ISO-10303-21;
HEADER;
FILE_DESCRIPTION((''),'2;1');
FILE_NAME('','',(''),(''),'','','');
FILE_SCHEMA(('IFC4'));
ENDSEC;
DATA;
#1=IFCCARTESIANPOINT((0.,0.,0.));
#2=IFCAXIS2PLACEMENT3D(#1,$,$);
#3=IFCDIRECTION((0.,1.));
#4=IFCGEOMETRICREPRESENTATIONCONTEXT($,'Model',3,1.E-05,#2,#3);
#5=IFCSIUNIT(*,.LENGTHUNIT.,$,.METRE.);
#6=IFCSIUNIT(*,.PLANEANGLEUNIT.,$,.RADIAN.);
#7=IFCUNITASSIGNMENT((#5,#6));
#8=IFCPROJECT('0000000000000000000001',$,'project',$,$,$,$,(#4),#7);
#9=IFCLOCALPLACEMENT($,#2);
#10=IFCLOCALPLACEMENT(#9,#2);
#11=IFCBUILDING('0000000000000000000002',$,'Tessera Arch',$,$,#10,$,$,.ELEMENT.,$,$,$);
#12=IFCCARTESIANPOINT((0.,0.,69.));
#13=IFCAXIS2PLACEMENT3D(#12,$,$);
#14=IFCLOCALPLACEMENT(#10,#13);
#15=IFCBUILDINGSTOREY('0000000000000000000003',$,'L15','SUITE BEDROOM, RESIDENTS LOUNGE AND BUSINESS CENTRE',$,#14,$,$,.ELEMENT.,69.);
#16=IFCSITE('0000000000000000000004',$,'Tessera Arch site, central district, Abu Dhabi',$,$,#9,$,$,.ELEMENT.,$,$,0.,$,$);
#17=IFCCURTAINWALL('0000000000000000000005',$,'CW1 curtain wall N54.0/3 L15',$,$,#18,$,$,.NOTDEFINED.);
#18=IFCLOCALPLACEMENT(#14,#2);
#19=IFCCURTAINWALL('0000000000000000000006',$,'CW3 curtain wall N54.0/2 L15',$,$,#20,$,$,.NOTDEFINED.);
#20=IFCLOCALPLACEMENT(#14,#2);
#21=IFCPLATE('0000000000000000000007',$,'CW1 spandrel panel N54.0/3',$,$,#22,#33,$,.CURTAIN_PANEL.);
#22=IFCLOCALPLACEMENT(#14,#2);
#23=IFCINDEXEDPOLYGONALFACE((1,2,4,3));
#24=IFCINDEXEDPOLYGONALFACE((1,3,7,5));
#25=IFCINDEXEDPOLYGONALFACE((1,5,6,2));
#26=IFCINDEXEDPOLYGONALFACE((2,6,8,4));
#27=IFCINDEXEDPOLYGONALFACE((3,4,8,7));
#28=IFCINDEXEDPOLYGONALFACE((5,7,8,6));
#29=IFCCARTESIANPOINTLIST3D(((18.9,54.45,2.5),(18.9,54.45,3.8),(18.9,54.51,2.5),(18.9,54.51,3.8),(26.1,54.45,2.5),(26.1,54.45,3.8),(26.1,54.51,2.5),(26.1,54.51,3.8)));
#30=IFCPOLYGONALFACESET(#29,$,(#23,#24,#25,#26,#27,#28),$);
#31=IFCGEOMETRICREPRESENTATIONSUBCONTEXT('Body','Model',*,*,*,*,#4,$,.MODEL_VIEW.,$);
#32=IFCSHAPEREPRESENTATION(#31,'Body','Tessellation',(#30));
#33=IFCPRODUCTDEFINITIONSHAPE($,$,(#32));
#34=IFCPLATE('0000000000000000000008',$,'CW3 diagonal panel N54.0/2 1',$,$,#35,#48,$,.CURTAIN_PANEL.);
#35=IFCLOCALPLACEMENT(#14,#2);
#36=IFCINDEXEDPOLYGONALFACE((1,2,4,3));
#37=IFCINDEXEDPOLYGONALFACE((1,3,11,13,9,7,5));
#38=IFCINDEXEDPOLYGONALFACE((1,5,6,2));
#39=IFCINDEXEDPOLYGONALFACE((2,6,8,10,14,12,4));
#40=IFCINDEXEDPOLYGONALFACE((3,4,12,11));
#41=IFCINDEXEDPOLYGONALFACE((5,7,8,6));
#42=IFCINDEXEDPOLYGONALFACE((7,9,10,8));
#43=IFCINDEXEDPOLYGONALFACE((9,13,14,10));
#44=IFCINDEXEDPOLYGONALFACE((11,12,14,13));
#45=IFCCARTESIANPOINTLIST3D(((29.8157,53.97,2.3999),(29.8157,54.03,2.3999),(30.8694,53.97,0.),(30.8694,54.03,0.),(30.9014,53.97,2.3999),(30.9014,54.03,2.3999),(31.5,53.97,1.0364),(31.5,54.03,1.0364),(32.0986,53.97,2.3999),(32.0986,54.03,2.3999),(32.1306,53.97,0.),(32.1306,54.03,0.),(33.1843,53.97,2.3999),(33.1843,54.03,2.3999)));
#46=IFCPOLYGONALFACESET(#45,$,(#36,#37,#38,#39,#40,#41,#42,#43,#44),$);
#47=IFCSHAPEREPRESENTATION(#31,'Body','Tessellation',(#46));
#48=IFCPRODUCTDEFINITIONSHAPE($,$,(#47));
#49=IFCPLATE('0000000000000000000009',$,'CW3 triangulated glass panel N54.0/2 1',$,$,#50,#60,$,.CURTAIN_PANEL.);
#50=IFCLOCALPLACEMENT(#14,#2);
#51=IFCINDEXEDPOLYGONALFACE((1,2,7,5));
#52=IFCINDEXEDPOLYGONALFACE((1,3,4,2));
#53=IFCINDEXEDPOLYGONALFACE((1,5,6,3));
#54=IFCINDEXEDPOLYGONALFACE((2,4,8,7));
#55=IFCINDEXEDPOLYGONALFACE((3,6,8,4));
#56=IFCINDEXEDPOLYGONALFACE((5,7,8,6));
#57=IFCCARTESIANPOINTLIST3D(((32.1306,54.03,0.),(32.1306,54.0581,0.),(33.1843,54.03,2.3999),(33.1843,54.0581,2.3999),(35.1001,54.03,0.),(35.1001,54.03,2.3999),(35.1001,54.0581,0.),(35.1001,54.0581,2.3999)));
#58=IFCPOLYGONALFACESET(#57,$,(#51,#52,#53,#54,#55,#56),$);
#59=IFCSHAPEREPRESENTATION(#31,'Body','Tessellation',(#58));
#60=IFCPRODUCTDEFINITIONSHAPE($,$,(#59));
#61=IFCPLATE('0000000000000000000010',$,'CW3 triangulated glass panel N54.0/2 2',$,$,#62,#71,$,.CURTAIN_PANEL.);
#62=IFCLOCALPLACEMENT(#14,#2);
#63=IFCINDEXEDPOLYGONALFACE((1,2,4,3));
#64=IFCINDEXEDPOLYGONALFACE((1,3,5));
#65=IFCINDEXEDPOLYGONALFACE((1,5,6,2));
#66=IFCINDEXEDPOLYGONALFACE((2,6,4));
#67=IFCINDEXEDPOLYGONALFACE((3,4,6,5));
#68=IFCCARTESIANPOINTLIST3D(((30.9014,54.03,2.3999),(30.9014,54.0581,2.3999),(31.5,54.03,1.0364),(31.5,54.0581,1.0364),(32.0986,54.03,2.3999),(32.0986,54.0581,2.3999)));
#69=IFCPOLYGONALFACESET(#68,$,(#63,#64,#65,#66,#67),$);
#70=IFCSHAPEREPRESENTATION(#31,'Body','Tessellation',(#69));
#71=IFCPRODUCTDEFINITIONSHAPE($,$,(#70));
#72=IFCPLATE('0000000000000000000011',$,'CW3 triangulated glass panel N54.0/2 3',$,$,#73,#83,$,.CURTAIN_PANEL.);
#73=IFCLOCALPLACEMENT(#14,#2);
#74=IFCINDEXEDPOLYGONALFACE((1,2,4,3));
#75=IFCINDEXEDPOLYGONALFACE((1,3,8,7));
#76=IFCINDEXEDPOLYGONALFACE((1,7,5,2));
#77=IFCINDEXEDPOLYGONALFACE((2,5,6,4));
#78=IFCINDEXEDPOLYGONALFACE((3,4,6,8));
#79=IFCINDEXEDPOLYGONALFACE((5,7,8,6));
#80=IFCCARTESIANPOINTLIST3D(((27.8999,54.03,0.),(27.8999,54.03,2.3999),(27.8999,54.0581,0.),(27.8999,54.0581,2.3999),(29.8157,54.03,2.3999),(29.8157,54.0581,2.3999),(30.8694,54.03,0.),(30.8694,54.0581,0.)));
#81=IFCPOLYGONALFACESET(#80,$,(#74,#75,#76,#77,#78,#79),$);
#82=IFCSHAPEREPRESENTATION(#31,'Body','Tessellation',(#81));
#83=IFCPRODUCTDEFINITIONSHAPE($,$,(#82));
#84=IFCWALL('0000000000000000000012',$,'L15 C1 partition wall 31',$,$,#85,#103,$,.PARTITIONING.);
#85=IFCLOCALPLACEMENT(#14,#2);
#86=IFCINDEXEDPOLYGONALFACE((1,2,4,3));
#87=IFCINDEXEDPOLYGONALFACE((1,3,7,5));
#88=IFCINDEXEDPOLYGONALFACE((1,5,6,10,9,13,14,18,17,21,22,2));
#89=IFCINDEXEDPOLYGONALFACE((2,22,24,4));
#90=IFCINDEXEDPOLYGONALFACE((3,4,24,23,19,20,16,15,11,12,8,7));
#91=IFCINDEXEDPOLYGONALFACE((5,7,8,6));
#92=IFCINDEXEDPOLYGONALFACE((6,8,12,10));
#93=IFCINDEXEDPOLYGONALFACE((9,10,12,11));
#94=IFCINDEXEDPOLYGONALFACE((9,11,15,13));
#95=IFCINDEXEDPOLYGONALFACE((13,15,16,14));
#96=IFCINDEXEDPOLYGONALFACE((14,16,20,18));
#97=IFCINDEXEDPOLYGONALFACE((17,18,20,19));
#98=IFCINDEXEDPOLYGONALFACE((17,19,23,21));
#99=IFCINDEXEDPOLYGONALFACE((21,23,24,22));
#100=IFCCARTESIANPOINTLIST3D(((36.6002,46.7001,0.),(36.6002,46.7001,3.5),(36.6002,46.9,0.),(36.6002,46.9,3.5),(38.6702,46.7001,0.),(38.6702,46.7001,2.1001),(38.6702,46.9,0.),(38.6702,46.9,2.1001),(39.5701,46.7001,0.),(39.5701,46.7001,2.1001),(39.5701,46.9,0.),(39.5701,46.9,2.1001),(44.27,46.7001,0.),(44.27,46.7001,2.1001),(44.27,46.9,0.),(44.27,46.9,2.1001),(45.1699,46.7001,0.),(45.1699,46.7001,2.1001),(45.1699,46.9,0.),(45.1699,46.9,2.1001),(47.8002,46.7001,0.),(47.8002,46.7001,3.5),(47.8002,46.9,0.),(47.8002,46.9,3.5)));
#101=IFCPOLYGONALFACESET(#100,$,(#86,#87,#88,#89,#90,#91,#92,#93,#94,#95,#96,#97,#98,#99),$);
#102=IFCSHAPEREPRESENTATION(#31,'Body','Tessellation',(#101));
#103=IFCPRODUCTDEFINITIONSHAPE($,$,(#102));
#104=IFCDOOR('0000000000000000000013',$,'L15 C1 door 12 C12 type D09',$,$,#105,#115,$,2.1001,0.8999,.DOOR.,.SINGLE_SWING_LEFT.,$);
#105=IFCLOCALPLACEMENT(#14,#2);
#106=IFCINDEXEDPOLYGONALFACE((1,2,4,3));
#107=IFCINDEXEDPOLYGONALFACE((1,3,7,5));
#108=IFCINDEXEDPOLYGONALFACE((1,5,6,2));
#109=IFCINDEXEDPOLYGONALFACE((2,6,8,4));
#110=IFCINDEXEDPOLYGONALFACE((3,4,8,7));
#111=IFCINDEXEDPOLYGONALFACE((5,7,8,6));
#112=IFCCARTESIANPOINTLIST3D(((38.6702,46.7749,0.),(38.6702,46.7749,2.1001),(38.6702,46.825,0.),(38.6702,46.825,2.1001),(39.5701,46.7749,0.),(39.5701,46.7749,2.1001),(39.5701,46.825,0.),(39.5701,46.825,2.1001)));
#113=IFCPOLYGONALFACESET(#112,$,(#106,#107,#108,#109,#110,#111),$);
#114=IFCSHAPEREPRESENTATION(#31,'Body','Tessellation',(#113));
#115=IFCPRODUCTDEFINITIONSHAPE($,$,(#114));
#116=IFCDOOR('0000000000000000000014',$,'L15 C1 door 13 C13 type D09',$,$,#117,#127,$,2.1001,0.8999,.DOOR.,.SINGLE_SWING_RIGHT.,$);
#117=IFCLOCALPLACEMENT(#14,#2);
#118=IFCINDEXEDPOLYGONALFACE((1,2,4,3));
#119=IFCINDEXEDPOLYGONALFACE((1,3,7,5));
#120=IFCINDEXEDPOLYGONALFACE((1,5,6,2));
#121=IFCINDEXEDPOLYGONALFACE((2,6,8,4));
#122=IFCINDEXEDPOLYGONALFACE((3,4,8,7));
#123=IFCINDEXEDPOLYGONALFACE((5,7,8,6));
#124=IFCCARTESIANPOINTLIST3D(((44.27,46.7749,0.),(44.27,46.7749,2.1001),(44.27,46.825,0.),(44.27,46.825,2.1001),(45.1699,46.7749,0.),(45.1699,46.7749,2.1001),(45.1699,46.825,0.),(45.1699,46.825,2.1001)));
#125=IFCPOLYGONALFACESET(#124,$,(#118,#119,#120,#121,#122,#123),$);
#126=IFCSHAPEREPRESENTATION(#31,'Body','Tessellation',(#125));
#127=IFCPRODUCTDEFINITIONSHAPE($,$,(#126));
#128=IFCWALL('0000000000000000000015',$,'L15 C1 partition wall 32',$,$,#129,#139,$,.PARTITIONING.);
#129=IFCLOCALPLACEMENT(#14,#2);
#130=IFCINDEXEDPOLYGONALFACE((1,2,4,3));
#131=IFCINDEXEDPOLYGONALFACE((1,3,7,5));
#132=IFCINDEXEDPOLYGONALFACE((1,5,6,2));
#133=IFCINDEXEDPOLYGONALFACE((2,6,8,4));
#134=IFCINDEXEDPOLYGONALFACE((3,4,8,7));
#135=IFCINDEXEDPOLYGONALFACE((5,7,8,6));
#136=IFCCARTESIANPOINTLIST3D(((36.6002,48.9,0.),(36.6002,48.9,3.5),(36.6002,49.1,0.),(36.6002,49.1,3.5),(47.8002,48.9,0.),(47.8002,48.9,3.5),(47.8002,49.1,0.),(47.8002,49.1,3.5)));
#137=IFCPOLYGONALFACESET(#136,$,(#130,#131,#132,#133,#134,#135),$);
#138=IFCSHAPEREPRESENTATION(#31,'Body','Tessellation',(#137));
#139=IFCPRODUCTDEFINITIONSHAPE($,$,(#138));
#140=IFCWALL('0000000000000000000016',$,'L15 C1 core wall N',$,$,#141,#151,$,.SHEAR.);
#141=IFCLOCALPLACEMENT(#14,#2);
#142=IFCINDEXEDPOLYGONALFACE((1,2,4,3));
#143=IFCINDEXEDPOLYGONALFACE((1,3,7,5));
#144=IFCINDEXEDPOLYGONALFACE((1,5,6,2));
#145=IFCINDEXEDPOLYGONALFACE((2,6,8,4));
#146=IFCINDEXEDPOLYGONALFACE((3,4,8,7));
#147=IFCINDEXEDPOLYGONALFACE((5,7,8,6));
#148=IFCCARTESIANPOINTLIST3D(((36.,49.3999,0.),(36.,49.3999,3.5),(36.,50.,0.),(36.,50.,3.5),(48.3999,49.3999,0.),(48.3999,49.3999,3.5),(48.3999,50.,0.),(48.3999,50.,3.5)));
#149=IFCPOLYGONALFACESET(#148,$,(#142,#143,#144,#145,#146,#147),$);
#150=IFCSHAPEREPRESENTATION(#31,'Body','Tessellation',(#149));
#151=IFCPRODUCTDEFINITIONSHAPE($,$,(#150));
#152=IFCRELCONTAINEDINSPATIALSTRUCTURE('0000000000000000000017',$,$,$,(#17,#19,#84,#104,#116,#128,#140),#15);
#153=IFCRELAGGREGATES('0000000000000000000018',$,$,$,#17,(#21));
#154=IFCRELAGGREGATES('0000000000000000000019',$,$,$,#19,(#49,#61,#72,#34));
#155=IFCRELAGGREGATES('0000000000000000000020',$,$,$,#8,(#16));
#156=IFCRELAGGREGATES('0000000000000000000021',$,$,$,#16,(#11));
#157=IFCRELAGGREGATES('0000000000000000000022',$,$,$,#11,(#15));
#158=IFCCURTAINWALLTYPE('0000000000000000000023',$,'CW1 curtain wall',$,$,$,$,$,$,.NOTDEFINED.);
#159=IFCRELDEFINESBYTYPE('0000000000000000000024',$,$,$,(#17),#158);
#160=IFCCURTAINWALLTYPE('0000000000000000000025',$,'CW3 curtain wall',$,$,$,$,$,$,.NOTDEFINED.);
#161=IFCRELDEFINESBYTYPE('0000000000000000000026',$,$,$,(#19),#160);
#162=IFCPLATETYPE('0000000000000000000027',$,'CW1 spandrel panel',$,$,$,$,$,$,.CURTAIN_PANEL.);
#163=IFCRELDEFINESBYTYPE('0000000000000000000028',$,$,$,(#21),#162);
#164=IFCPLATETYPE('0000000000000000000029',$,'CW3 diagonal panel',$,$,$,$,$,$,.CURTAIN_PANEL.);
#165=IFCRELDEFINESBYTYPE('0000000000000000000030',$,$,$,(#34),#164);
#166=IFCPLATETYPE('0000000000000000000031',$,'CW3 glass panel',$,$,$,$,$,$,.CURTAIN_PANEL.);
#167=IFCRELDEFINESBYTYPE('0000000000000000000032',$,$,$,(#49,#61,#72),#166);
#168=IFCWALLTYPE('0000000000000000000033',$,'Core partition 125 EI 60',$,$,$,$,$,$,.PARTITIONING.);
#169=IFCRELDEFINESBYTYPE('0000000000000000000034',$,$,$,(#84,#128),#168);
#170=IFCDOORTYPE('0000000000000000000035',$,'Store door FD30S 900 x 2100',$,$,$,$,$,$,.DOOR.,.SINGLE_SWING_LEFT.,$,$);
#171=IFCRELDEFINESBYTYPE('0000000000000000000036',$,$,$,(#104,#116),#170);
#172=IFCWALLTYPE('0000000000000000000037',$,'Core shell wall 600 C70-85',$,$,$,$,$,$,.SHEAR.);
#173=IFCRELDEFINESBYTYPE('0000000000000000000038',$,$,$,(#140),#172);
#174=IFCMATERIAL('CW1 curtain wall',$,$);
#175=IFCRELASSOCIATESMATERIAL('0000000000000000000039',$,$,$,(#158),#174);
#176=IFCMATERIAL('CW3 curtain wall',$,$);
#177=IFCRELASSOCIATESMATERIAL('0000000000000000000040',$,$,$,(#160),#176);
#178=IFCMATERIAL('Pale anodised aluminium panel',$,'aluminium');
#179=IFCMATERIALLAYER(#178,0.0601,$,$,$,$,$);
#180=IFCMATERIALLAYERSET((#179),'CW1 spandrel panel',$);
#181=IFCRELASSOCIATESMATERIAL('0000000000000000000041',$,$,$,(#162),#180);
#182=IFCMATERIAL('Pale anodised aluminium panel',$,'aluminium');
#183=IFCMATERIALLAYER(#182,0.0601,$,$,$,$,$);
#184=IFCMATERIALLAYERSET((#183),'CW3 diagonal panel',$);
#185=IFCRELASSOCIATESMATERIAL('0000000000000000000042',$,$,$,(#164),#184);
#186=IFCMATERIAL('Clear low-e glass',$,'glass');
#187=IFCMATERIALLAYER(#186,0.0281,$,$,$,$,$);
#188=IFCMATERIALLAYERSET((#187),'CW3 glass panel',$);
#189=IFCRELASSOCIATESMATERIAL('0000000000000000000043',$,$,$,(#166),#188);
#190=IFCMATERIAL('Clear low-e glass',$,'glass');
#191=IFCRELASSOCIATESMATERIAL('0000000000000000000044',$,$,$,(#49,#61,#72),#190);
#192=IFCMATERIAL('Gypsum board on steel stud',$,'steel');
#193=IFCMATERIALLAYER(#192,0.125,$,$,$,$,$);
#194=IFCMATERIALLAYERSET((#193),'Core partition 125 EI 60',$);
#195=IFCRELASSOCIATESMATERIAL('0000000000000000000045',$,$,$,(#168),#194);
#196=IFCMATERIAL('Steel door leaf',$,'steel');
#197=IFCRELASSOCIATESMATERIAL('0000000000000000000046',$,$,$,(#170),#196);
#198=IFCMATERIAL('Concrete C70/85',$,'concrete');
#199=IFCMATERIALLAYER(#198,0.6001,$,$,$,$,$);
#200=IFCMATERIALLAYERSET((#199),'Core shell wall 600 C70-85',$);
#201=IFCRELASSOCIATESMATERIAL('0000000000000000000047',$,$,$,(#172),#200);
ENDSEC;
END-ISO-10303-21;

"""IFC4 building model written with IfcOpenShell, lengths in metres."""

from ifc_helpers import new_model, si_unit, direction, frame, frame_2d, origin, origin_2d, place, context, subcontext, project, spatial, polyline, rectangle, outline, extrude, material, layer, layer_set, type_object, element, fill, aggregate, save


model = new_model("IFC4")

# Units and contexts
model_context = context("Model", 3, precision=1e-05, world=origin(), true_north=direction((0.0, 1.0)))
body_context = subcontext(model_context, "Body", "Model", "MODEL_VIEW")
ifc_project = project(units=[si_unit("LENGTHUNIT", "METRE"), si_unit("PLANEANGLEUNIT", "RADIAN")], contexts=[model_context])

# Site, building, storey
site_placement = place(None, origin())
site = spatial("IfcSite", under=ifc_project, at=site_placement, Name="Tessera Arch site, central district, Abu Dhabi", CompositionType="ELEMENT", RefElevation=0.0)
building_placement = place(site_placement, origin())
building = spatial("IfcBuilding", under=site, at=building_placement, Name="Tessera Arch", CompositionType="ELEMENT")
storey_placement = place(building_placement, frame((0.0, 0.0, 69.0)))
storey = spatial("IfcBuildingStorey", under=building, at=storey_placement, Name="L15", Description="SUITE BEDROOM, RESIDENTS LOUNGE AND BUSINESS CENTRE", CompositionType="ELEMENT", Elevation=69.0)

# Shared definitions
ifc_material_1 = material(Name="CW1 curtain wall")
curtain_wall_type_1 = type_object("IfcCurtainWallType", Name="CW1 curtain wall", PredefinedType="NOTDEFINED", material=ifc_material_1)

# Curtain wall
curtain_wall_1_placement = place(storey_placement, origin())
curtain_wall_1 = element("IfcCurtainWall", 1, at=curtain_wall_1_placement, inside=storey, type_object=curtain_wall_type_1, Name="CW1 curtain wall N54.0/3 L15", PredefinedType="NOTDEFINED")

# Curtain wall
ifc_material_2 = material(Name="CW3 curtain wall")
curtain_wall_type_2 = type_object("IfcCurtainWallType", Name="CW3 curtain wall", PredefinedType="NOTDEFINED", material=ifc_material_2)
curtain_wall_2_placement = place(storey_placement, origin())
curtain_wall_2 = element("IfcCurtainWall", 2, at=curtain_wall_2_placement, inside=storey, type_object=curtain_wall_type_2, Name="CW3 curtain wall N54.0/2 L15", PredefinedType="NOTDEFINED")

# Plates
ifc_material_3 = material(Name="Clear low-e glass", Category="glass")
ifc_material_4 = material(Name="Pale anodised aluminium panel", Category="aluminium")
ifc_layer_1 = layer(ifc_material_4, 0.0601)
ifc_layer_set_1 = layer_set([ifc_layer_1], Name="CW1 spandrel panel")
plate_type_1 = type_object("IfcPlateType", Name="CW1 spandrel panel", PredefinedType="CURTAIN_PANEL", material=ifc_layer_set_1)
plate_1_placement = place(storey_placement, frame((22.5, 54.48, 2.5), z_axis=(0.0, 0.0, 1.0), x_axis=(-1.0, 0.0, 0.0)))
plate_1 = element("IfcPlate", 3, at=plate_1_placement, type_object=plate_type_1, Name="CW1 spandrel panel N54.0/3", PredefinedType="CURTAIN_PANEL", context=body_context, shape_type="SweptSolid", body=[
    extrude(rectangle(XDim=7.2, YDim=0.0601, at=origin_2d()), origin(), (0.0, 0.0, 1.0), 1.3),
])
aggregate(curtain_wall_1, [plate_1])
ifc_material_5 = material(Name="Pale anodised aluminium panel", Category="aluminium")
ifc_layer_2 = layer(ifc_material_5, 0.0601)
ifc_layer_set_2 = layer_set([ifc_layer_2], Name="CW3 diagonal panel")
plate_type_2 = type_object("IfcPlateType", Name="CW3 diagonal panel", PredefinedType="CURTAIN_PANEL", material=ifc_layer_set_2)
plate_2_placement = place(storey_placement, frame((29.8157, 54.03, 2.3999), z_axis=(0.0, 1.0, 0.0), x_axis=(1.0, 0.0, 0.0)))
plate_2 = element("IfcPlate", 4, at=plate_2_placement, type_object=plate_type_2, Name="CW3 diagonal panel N54.0/2 1", PredefinedType="CURTAIN_PANEL", context=body_context, shape_type="SweptSolid", body=[
    extrude(outline(polyline([(0.0, 0.0), (1.0857, 0.0), (1.6843, 1.3635), (2.283, 0.0), (3.3687, 0.0), (2.3149, 2.3999), (1.0537, 2.3999), (0.0, 0.0)])), origin(), (0.0, 0.0, -1.0), 0.0601),
])
ifc_material_6 = material(Name="Clear low-e glass", Category="glass")
ifc_layer_3 = layer(ifc_material_6, 0.0281)
ifc_layer_set_3 = layer_set([ifc_layer_3], Name="CW3 glass panel")
plate_type_3 = type_object("IfcPlateType", Name="CW3 glass panel", PredefinedType="CURTAIN_PANEL", material=ifc_layer_set_3)
plate_3_placement = place(storey_placement, frame((35.1001, 54.0581, 0.0), z_axis=(0.0, 1.0, 0.0), x_axis=(-1.0, 0.0, 0.0)))
plate_3 = element("IfcPlate", 5, at=plate_3_placement, type_object=plate_type_3, material=ifc_material_3, Name="CW3 triangulated glass panel N54.0/2 1", PredefinedType="CURTAIN_PANEL", context=body_context, shape_type="SweptSolid", body=[
    extrude(outline(polyline([(0.0, 0.0), (2.9695, 0.0), (1.9158, 2.3999), (0.0, 2.3999), (0.0, 0.0)])), origin(), (0.0, 0.0, -1.0), 0.0281),
])
plate_4_placement = place(storey_placement, frame((30.9014, 54.0581, 2.3999), z_axis=(0.0, 1.0, 0.0), x_axis=(1.0, 0.0, 0.0)))
plate_4 = element("IfcPlate", 6, at=plate_4_placement, type_object=plate_type_3, material=ifc_material_3, Name="CW3 triangulated glass panel N54.0/2 2", PredefinedType="CURTAIN_PANEL", context=body_context, shape_type="SweptSolid", body=[
    extrude(outline(polyline([(0.0, 0.0), (1.1973, 0.0), (0.5986, 1.3635), (0.0, 0.0)])), origin(), (0.0, 0.0, -1.0), 0.0281),
])
plate_5_placement = place(storey_placement, frame((27.8999, 54.0581, 2.3999), z_axis=(0.0, 1.0, 0.0), x_axis=(1.0, 0.0, 0.0)))
plate_5 = element("IfcPlate", 7, at=plate_5_placement, type_object=plate_type_3, material=ifc_material_3, Name="CW3 triangulated glass panel N54.0/2 3", PredefinedType="CURTAIN_PANEL", context=body_context, shape_type="SweptSolid", body=[
    extrude(outline(polyline([(0.0, 0.0), (1.9158, 0.0), (2.9695, 2.3999), (0.0, 2.3999), (0.0, 0.0)])), origin(), (0.0, 0.0, -1.0), 0.0281),
])
aggregate(curtain_wall_2, [plate_3, plate_4, plate_5, plate_2])

# Wall, openings, doors
ifc_material_7 = material(Name="Gypsum board on steel stud", Category="steel")
ifc_layer_4 = layer(ifc_material_7, 0.125)
ifc_layer_set_4 = layer_set([ifc_layer_4], Name="Core partition 125 EI 60")
wall_type_1 = type_object("IfcWallType", Name="Core partition 125 EI 60", PredefinedType="PARTITIONING", material=ifc_layer_set_4)
wall_1_placement = place(storey_placement, frame((36.6001, 46.8, 0.0), z_axis=(0.0, 0.0, 1.0), x_axis=(1.0, 0.0, 0.0)))
wall_1 = element("IfcWall", 8, at=wall_1_placement, inside=storey, type_object=wall_type_1, Name="L15 C1 partition wall 31", PredefinedType="PARTITIONING", context=body_context, shape_type="SweptSolid", body=[
    extrude(rectangle(XDim=11.2, YDim=0.2, at=frame_2d((5.6001, 0.0))), origin(), (0.0, 0.0, 1.0), 3.5),
])
opening_1_placement = place(wall_1_placement, frame((2.0701, 0.0, 0.0)))
opening_1 = element("IfcOpeningElement", 9, at=opening_1_placement, cuts=wall_1, PredefinedType="OPENING", context=body_context, shape_type="SweptSolid", body=[
    extrude(rectangle(XDim=0.8999, YDim=2.1001, at=frame_2d((0.45, 1.05))), frame((0.0, 0.1099, 0.0), z_axis=(0.0, -1.0, 0.0), x_axis=(1.0, 0.0, 0.0)), (0.0, 0.0, 1.0), 0.22),
])
opening_2_placement = place(wall_1_placement, frame((7.6699, 0.0, 0.0)))
opening_2 = element("IfcOpeningElement", 10, at=opening_2_placement, cuts=wall_1, PredefinedType="OPENING", context=body_context, shape_type="SweptSolid", body=[
    extrude(rectangle(XDim=0.8999, YDim=2.1001, at=frame_2d((0.45, 1.05))), frame((0.0, 0.1099, 0.0), z_axis=(0.0, -1.0, 0.0), x_axis=(1.0, 0.0, 0.0)), (0.0, 0.0, 1.0), 0.22),
])
ifc_material_8 = material(Name="Steel door leaf", Category="steel")
door_type_1 = type_object("IfcDoorType", Name="Store door FD30S 900 x 2100", OperationType="SINGLE_SWING_LEFT", PredefinedType="DOOR", material=ifc_material_8)
door_1_placement = place(opening_1_placement, origin())
door_1 = element("IfcDoor", 11, at=door_1_placement, inside=storey, type_object=door_type_1, Name="L15 C1 door 12 C12 type D09", OperationType="SINGLE_SWING_LEFT", OverallHeight=2.1001, OverallWidth=0.8999, PredefinedType="DOOR", context=body_context, shape_type="SweptSolid", body=[
    extrude(rectangle(XDim=0.8999, YDim=2.1001, at=frame_2d((0.45, 1.05))), frame((0.0, 0.0249, 0.0), z_axis=(0.0, -1.0, 0.0), x_axis=(1.0, 0.0, 0.0)), (0.0, 0.0, 1.0), 0.05),
])
fill(opening_1, door_1)
door_2_placement = place(opening_2_placement, origin())
door_2 = element("IfcDoor", 12, at=door_2_placement, inside=storey, type_object=door_type_1, Name="L15 C1 door 13 C13 type D09", OperationType="SINGLE_SWING_RIGHT", OverallHeight=2.1001, OverallWidth=0.8999, PredefinedType="DOOR", context=body_context, shape_type="SweptSolid", body=[
    extrude(rectangle(XDim=0.8999, YDim=2.1001, at=frame_2d((0.45, 1.05))), frame((0.0, 0.0249, 0.0), z_axis=(0.0, -1.0, 0.0), x_axis=(1.0, 0.0, 0.0)), (0.0, 0.0, 1.0), 0.05),
])
fill(opening_2, door_2)

# Walls
wall_2_placement = place(storey_placement, frame((36.6001, 49.0, 0.0), z_axis=(0.0, 0.0, 1.0), x_axis=(1.0, 0.0, 0.0)))
element("IfcWall", 13, at=wall_2_placement, inside=storey, type_object=wall_type_1, Name="L15 C1 partition wall 32", PredefinedType="PARTITIONING", context=body_context, shape_type="SweptSolid", body=[
    extrude(rectangle(XDim=11.2, YDim=0.2, at=frame_2d((5.6001, 0.0))), origin(), (0.0, 0.0, 1.0), 3.5),
])
ifc_material_9 = material(Name="Concrete C70/85", Category="concrete")
ifc_layer_5 = layer(ifc_material_9, 0.6001)
ifc_layer_set_5 = layer_set([ifc_layer_5], Name="Core shell wall 600 C70-85")
wall_type_2 = type_object("IfcWallType", Name="Core shell wall 600 C70-85", PredefinedType="SHEAR", material=ifc_layer_set_5)
wall_3_placement = place(storey_placement, frame((36.0, 49.7, 0.0), z_axis=(0.0, 0.0, 1.0), x_axis=(1.0, 0.0, 0.0)))
element("IfcWall", 14, at=wall_3_placement, inside=storey, type_object=wall_type_2, Name="L15 C1 core wall N", PredefinedType="SHEAR", context=body_context, shape_type="SweptSolid", body=[
    extrude(rectangle(XDim=12.3999, YDim=0.6001, at=frame_2d((6.2, 0.0))), origin(), (0.0, 0.0, 1.0), 3.5),
])

save(model, "model.ifc")
